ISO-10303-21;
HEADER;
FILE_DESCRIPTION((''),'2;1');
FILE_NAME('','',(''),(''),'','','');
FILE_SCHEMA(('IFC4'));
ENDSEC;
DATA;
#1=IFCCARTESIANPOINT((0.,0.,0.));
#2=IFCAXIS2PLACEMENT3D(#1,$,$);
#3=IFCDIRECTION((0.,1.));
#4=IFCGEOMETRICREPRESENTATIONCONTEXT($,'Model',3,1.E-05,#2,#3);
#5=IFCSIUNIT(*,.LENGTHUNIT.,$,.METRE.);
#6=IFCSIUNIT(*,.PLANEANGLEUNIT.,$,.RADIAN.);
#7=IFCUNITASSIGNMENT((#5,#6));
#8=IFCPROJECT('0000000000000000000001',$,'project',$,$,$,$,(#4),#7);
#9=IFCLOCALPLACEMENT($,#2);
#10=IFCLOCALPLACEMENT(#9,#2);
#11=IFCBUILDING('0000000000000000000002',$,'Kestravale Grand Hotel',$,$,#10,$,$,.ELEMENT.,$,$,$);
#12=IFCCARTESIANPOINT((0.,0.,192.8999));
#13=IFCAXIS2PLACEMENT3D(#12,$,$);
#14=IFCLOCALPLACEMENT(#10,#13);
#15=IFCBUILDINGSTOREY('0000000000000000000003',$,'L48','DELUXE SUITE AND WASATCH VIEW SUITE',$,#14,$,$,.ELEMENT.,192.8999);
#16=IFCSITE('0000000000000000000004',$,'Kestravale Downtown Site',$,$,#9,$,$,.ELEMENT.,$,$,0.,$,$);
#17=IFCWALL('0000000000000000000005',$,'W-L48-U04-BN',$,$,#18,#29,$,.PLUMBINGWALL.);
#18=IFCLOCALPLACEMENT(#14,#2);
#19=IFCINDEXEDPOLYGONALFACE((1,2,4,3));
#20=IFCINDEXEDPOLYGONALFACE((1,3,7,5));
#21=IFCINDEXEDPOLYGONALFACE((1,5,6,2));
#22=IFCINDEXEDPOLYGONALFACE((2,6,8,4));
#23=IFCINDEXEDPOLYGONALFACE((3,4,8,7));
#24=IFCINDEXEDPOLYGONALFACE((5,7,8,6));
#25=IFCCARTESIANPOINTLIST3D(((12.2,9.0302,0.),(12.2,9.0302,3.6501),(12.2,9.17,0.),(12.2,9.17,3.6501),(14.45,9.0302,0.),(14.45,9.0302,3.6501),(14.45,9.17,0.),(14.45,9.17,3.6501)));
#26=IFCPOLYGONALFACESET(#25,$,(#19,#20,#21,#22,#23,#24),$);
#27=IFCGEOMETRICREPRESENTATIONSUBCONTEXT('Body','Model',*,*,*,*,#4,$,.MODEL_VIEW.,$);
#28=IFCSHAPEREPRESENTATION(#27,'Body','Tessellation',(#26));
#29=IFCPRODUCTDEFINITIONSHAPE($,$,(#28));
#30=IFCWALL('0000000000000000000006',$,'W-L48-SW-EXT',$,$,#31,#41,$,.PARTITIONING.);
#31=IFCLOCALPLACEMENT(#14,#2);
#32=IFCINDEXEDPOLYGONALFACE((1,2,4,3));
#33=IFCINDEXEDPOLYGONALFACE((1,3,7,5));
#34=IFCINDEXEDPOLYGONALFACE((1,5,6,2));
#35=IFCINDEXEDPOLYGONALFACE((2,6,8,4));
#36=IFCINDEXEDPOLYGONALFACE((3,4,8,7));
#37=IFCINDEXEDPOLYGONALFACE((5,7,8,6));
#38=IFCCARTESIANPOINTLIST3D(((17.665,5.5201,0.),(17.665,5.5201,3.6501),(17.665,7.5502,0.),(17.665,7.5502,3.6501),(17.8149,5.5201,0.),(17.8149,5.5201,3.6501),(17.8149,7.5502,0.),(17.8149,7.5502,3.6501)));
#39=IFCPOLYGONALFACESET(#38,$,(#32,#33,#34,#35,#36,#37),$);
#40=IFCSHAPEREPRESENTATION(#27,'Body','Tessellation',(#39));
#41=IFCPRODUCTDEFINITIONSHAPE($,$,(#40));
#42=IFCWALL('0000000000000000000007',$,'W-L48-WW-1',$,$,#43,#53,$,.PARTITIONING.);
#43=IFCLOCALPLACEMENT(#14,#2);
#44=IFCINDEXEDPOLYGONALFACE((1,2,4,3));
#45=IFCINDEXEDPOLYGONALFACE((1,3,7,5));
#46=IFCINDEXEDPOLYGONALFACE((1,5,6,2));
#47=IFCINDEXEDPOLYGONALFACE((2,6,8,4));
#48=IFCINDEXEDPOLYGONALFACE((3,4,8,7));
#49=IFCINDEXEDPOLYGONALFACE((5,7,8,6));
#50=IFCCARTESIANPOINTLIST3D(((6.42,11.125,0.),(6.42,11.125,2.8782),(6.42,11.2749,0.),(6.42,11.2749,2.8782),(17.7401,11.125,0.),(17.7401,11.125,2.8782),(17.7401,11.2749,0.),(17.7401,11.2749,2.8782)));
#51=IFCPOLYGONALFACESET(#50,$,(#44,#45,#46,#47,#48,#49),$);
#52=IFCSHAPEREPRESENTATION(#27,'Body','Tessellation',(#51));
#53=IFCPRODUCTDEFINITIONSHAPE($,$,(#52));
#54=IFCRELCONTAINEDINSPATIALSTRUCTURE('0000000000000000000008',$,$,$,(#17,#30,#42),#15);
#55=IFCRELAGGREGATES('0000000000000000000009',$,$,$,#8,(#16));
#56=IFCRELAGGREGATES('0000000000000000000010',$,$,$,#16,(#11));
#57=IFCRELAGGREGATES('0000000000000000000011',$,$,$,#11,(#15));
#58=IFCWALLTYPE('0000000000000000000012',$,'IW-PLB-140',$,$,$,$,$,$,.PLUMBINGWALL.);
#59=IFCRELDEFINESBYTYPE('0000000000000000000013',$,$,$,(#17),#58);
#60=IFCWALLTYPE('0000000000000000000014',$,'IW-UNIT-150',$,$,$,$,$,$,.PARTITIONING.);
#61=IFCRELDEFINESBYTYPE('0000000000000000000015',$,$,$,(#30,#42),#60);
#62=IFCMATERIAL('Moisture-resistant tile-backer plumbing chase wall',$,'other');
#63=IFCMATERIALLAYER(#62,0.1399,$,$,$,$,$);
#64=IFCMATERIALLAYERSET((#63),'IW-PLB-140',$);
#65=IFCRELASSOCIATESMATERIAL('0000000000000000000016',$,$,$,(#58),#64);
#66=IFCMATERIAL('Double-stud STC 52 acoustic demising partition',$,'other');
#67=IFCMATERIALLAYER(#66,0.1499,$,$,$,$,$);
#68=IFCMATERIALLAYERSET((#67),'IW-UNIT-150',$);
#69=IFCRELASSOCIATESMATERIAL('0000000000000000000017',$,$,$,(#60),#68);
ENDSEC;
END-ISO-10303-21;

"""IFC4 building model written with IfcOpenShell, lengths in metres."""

from ifc_helpers import new_model, si_unit, direction, frame, frame_2d, origin, place, context, subcontext, project, spatial, rectangle, extrude, material, layer, layer_set, type_object, element, save


model = new_model("IFC4")

# Units and contexts
model_context = context("Model", 3, precision=1e-05, world=origin(), true_north=direction((0.0, 1.0)))
body_context = subcontext(model_context, "Body", "Model", "MODEL_VIEW")
ifc_project = project(units=[si_unit("LENGTHUNIT", "METRE"), si_unit("PLANEANGLEUNIT", "RADIAN")], contexts=[model_context])

# Site, building, storey
site_placement = place(None, origin())
site = spatial("IfcSite", under=ifc_project, at=site_placement, Name="Kestravale Downtown Site", CompositionType="ELEMENT", RefElevation=0.0)
building_placement = place(site_placement, origin())
building = spatial("IfcBuilding", under=site, at=building_placement, Name="Kestravale Grand Hotel", CompositionType="ELEMENT")
storey_placement = place(building_placement, frame((0.0, 0.0, 192.8999)))
storey = spatial("IfcBuildingStorey", under=building, at=storey_placement, Name="L48", Description="DELUXE SUITE AND WASATCH VIEW SUITE", CompositionType="ELEMENT", Elevation=192.8999)

# Shared definitions
ifc_material_1 = material(Name="Moisture-resistant tile-backer plumbing chase wall", Category="other")
ifc_layer_1 = layer(ifc_material_1, 0.1399)
ifc_layer_set_1 = layer_set([ifc_layer_1], Name="IW-PLB-140")
wall_type_1 = type_object("IfcWallType", Name="IW-PLB-140", PredefinedType="PLUMBINGWALL", material=ifc_layer_set_1)

# Walls
for number, where, z_axis, x_axis, name in (
    (1, (12.2, 9.1001, 0.0), (0.0, 0.0, 1.0), (1.0, 0.0, 0.0), "W-L48-U04-BN"),
):
    element("IfcWall", number, at=place(storey_placement, frame(where, z_axis=z_axis, x_axis=x_axis)), inside=storey, type_object=wall_type_1, Name=name, PredefinedType="PLUMBINGWALL", context=body_context, shape_type="SweptSolid", body=[
        extrude(rectangle(XDim=2.25, YDim=0.1399, at=frame_2d((1.125, 0.0))), origin(), (0.0, 0.0, 1.0), 3.6501),
    ])
ifc_material_2 = material(Name="Double-stud STC 52 acoustic demising partition", Category="other")
ifc_layer_2 = layer(ifc_material_2, 0.1499)
ifc_layer_set_2 = layer_set([ifc_layer_2], Name="IW-UNIT-150")
wall_type_2 = type_object("IfcWallType", Name="IW-UNIT-150", PredefinedType="PARTITIONING", material=ifc_layer_set_2)
wall_1_placement = place(storey_placement, frame((17.74, 5.52, 0.0), z_axis=(0.0, 0.0, 1.0), x_axis=(0.0, 1.0, 0.0)))
element("IfcWall", 2, at=wall_1_placement, inside=storey, type_object=wall_type_2, Name="W-L48-SW-EXT", PredefinedType="PARTITIONING", context=body_context, shape_type="SweptSolid", body=[
    extrude(rectangle(XDim=2.03, YDim=0.1499, at=frame_2d((1.0151, 0.0))), origin(), (0.0, 0.0, 1.0), 3.6501),
])
wall_2_placement = place(storey_placement, frame((6.4199, 11.2, 0.0), z_axis=(0.0, 0.0, 1.0), x_axis=(1.0, 0.0, 0.0)))
element("IfcWall", 3, at=wall_2_placement, inside=storey, type_object=wall_type_2, Name="W-L48-WW-1", PredefinedType="PARTITIONING", context=body_context, shape_type="SweptSolid", body=[
    extrude(rectangle(XDim=11.3201, YDim=0.1499, at=frame_2d((5.6602, 0.0))), origin(), (0.0, 0.0, 1.0), 2.8782),
])

save(model, "model.ifc")
